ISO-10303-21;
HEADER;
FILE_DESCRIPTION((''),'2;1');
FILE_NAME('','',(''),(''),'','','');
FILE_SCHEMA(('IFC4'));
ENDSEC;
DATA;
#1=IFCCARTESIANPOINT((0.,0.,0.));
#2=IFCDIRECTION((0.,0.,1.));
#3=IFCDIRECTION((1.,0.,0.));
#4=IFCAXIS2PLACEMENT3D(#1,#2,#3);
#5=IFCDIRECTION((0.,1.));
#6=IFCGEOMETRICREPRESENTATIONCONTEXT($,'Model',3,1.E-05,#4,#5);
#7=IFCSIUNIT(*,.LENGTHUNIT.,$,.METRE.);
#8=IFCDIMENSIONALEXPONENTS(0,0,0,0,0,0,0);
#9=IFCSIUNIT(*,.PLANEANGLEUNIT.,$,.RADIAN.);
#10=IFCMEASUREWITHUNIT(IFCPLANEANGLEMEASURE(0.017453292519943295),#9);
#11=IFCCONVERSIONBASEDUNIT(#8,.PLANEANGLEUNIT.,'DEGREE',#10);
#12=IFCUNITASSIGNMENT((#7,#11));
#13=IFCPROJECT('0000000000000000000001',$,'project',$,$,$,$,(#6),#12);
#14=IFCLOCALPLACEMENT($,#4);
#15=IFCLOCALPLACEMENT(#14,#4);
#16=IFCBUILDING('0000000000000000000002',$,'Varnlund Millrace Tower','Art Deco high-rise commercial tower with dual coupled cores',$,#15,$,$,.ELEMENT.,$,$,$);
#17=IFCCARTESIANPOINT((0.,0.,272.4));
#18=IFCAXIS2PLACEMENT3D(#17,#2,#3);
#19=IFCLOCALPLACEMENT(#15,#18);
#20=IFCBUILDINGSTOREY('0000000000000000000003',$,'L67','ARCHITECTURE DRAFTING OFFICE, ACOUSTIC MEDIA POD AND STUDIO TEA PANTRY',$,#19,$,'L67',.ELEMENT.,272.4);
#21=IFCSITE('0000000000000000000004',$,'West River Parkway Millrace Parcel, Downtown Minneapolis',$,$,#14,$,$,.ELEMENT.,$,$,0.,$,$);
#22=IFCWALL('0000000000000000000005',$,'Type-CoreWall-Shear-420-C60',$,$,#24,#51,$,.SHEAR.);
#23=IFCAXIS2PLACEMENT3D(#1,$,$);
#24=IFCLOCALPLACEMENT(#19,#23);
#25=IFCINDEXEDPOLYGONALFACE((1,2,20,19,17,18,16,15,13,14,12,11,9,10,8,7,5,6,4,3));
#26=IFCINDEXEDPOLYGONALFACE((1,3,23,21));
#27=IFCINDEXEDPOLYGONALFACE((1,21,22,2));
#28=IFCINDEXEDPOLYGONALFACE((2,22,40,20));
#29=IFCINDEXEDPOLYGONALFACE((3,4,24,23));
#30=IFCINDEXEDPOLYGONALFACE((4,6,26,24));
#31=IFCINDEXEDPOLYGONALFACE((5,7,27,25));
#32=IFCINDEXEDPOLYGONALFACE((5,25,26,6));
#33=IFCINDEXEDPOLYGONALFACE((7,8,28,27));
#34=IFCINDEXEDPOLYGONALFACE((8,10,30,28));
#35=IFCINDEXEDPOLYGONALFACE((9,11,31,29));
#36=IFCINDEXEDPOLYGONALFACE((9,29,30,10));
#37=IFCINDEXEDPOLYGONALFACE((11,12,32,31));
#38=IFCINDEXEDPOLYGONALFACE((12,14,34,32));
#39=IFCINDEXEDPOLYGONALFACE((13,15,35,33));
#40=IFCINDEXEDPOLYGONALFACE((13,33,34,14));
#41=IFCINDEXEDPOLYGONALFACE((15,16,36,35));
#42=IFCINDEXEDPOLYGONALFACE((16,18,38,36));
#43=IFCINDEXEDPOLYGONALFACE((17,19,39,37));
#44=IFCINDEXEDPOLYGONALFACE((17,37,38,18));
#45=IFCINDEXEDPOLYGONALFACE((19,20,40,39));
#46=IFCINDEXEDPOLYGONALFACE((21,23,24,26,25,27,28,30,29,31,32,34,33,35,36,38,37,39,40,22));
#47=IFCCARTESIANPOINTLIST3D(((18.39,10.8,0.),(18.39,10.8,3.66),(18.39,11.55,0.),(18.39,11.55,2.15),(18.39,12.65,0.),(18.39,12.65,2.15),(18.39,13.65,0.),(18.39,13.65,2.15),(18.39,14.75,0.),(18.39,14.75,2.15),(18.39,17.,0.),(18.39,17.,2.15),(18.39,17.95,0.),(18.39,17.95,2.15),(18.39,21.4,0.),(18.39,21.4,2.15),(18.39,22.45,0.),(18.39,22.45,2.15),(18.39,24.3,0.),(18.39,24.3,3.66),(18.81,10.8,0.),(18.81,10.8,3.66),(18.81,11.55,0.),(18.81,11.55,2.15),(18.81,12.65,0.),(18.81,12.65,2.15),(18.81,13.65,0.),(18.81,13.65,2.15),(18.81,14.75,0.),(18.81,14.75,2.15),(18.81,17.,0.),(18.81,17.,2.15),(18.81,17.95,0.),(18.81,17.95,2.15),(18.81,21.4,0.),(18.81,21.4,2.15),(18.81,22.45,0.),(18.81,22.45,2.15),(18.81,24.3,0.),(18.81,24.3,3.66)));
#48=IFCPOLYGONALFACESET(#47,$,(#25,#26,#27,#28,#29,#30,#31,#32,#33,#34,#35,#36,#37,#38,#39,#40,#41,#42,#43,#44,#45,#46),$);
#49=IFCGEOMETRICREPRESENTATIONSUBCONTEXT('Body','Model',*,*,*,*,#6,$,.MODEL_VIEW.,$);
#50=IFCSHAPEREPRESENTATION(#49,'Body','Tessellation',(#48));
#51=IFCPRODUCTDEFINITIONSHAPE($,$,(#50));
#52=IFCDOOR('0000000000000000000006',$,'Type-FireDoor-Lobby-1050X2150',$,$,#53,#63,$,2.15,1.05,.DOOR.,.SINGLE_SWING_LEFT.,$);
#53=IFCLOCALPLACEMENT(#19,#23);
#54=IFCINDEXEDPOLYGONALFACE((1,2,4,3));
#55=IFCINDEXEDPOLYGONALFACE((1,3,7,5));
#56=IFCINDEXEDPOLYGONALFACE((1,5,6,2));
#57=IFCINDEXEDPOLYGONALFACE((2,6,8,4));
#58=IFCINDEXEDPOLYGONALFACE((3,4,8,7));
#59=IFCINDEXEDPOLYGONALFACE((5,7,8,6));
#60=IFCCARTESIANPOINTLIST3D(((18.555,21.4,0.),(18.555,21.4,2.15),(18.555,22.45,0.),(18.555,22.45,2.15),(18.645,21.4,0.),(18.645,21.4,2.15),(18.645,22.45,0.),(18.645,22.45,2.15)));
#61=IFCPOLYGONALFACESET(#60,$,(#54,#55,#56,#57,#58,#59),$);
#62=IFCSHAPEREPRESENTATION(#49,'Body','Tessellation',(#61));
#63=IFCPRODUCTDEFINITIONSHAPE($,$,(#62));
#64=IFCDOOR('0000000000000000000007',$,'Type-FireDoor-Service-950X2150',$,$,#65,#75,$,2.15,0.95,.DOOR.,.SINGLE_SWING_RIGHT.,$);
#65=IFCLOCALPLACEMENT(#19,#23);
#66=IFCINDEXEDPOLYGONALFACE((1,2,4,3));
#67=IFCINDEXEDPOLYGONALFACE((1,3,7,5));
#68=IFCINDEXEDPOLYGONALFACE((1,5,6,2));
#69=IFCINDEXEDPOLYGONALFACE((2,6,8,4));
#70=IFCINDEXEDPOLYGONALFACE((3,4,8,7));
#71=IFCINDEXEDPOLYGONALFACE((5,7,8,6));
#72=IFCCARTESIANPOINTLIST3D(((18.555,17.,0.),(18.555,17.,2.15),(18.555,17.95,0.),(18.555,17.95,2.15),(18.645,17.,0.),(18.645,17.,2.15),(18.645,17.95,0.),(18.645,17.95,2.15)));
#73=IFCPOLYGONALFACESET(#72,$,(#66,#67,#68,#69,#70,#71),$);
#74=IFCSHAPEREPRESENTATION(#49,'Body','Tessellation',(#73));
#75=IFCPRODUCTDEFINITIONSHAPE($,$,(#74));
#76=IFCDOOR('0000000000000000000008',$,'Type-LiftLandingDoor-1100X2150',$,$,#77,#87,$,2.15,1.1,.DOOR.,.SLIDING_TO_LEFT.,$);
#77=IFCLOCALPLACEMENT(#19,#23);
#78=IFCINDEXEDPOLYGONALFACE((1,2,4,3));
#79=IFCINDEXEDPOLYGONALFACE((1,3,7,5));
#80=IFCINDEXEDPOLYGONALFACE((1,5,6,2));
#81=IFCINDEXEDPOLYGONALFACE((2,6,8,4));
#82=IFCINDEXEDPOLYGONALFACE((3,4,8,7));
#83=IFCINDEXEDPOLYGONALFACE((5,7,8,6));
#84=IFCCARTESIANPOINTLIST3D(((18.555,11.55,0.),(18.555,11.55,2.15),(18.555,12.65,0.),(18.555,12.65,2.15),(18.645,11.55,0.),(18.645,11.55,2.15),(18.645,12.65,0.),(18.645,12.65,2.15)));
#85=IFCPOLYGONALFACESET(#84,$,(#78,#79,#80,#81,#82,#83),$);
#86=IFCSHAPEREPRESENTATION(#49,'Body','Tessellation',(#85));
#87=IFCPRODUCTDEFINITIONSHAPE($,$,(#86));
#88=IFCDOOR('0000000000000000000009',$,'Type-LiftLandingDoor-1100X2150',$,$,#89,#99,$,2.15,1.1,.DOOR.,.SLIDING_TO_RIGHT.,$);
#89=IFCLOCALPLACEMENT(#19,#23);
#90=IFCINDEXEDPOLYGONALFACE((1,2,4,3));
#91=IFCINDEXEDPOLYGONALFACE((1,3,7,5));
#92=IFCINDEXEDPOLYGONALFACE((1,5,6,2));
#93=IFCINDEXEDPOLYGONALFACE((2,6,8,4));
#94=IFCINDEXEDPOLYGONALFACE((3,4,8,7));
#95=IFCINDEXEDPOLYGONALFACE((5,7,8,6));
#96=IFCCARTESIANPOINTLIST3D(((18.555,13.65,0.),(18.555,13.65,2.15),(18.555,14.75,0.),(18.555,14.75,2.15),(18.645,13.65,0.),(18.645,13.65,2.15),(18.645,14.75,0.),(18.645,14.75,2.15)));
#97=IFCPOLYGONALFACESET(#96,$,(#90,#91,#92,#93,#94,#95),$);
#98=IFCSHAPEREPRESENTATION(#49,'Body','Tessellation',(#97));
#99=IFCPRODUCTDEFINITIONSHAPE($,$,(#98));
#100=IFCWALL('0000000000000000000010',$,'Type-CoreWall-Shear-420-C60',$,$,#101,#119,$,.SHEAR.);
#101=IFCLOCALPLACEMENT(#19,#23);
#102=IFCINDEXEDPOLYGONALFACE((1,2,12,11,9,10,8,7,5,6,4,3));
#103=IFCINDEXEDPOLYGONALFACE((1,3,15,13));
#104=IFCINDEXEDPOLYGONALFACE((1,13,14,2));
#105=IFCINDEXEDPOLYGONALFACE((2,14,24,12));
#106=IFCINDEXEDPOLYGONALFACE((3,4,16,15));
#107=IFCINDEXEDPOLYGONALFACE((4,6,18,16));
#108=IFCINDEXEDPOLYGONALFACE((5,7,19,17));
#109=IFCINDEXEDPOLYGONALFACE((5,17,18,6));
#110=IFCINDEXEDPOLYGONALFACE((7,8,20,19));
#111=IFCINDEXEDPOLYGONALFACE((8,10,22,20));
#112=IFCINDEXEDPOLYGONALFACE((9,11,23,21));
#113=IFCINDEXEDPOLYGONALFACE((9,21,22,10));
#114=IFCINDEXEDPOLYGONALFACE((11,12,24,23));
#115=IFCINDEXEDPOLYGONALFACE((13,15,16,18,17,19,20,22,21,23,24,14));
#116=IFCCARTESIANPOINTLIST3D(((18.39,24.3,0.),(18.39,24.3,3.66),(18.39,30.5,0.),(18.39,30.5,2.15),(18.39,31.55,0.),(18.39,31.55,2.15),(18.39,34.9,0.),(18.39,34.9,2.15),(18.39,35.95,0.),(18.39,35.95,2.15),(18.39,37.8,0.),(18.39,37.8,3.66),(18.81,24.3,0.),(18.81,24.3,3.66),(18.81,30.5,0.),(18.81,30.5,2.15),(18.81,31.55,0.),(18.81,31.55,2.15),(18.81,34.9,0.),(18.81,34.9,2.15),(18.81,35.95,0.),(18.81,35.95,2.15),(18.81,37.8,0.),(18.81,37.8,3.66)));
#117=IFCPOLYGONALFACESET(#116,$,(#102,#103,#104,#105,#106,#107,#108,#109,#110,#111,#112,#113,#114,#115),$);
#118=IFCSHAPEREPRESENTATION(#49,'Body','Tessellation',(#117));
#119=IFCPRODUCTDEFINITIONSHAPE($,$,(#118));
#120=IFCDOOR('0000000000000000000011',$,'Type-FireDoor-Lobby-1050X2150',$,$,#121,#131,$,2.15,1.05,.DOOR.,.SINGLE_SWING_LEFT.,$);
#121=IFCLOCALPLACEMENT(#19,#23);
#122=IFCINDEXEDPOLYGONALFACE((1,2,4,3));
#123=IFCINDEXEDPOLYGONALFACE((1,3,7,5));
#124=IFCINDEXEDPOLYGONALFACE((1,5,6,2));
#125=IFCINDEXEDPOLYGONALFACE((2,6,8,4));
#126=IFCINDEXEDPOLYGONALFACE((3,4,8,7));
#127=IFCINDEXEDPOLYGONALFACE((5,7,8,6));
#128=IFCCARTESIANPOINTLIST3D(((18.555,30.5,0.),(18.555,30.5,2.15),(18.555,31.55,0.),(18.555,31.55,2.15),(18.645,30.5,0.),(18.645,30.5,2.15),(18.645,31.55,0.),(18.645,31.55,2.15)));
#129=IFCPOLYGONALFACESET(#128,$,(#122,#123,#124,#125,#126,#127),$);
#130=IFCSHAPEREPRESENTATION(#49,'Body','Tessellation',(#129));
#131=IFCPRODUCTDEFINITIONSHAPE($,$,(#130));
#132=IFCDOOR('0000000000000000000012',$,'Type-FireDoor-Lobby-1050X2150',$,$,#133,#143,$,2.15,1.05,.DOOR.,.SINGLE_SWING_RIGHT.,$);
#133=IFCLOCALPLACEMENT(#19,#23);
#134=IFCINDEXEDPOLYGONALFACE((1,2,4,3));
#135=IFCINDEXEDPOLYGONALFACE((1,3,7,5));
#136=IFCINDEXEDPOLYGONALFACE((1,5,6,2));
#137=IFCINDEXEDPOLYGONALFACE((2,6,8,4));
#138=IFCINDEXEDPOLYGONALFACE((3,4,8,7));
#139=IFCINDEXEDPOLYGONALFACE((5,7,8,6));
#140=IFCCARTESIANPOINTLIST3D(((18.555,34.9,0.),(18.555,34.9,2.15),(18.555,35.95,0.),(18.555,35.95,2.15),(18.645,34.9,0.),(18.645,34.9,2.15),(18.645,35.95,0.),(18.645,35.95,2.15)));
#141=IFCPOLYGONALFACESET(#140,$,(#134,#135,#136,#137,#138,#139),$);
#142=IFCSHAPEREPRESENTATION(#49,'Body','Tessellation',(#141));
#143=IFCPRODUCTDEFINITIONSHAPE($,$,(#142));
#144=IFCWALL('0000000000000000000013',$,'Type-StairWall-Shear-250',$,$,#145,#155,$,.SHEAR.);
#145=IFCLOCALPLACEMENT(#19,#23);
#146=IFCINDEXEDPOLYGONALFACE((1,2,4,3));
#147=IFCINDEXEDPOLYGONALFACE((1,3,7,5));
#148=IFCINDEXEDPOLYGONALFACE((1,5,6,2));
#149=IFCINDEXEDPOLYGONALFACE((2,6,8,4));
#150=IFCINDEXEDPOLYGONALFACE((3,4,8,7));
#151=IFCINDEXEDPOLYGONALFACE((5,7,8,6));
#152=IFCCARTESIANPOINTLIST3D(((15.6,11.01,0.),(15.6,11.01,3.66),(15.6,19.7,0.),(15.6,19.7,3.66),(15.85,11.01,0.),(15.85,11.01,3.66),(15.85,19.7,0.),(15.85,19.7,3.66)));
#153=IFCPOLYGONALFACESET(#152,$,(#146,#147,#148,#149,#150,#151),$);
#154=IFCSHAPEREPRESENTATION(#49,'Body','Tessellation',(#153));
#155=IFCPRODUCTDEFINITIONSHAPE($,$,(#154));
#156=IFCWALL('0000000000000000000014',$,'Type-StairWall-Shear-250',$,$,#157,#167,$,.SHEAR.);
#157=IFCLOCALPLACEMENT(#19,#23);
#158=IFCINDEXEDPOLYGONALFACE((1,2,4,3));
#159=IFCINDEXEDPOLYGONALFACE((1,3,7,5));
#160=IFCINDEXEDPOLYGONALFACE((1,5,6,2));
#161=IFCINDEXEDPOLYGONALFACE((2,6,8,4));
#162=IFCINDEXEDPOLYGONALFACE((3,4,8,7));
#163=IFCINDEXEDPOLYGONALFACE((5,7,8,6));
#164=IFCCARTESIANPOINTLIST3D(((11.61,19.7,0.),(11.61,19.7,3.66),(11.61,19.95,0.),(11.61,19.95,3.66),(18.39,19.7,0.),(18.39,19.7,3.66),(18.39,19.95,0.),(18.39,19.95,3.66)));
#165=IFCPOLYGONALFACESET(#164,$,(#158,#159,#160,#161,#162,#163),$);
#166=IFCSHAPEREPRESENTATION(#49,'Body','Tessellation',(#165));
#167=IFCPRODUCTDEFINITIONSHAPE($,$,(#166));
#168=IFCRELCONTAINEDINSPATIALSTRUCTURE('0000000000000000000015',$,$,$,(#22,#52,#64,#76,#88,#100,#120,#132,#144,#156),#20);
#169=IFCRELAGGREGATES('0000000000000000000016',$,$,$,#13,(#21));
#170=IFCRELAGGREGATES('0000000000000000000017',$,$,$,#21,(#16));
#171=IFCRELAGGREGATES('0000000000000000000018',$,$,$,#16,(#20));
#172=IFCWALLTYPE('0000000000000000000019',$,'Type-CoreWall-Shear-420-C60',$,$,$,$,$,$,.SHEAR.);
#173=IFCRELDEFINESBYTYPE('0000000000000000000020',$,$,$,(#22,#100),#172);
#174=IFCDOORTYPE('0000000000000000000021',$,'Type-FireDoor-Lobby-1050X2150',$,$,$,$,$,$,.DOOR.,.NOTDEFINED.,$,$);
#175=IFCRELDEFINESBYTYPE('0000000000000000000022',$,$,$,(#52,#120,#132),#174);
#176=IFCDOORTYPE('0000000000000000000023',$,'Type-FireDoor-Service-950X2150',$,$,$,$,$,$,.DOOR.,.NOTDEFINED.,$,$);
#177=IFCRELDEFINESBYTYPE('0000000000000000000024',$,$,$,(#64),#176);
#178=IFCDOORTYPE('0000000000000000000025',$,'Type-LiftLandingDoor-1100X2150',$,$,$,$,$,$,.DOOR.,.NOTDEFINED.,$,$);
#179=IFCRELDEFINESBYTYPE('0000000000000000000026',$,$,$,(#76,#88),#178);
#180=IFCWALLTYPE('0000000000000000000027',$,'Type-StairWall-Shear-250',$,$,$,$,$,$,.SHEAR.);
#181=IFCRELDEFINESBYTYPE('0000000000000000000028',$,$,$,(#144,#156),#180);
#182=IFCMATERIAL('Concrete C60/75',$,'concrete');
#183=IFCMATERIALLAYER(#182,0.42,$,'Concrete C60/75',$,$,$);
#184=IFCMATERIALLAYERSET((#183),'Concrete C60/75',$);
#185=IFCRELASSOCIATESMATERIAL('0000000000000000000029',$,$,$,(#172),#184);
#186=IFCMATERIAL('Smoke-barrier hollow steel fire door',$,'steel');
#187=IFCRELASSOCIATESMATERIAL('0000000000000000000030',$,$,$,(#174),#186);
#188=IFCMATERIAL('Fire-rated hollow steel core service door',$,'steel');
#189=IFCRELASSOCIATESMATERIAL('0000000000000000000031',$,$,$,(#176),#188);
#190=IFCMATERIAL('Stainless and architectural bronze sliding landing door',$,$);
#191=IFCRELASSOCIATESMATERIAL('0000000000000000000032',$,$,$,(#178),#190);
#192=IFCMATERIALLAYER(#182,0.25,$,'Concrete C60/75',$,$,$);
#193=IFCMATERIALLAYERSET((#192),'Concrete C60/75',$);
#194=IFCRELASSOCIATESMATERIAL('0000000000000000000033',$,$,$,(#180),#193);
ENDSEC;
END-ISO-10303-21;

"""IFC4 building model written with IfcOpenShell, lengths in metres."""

from ifc_helpers import new_model, entity, si_unit, converted_unit, direction, frame, origin_with_axes, origin_2d_with_axis, place, context, subcontext, project, spatial, polyline, rectangle, outline, extrude, material, layer, layer_set, type_object, element, fill, save


model = new_model("IFC4")

# Units and contexts
model_context = context("Model", 3, precision=1e-05, world=origin_with_axes(), true_north=direction((0.0, 1.0)))
body_context = subcontext(model_context, "Body", "Model", "MODEL_VIEW")
ifc_project = project(units=[si_unit("LENGTHUNIT", "METRE"), converted_unit("PLANEANGLEUNIT", "DEGREE", entity("IfcPlaneAngleMeasure", 0.017453292519943295), si_unit("PLANEANGLEUNIT", "RADIAN"), dimensions=[0, 0, 0, 0, 0, 0, 0])], contexts=[model_context])

# Site, building, storey
site_placement = place(None, origin_with_axes())
site = spatial("IfcSite", under=ifc_project, at=site_placement, Name="West River Parkway Millrace Parcel, Downtown Minneapolis", CompositionType="ELEMENT", RefElevation=0.0)
building_placement = place(site_placement, origin_with_axes())
building = spatial("IfcBuilding", under=site, at=building_placement, Name="Varnlund Millrace Tower", Description="Art Deco high-rise commercial tower with dual coupled cores", CompositionType="ELEMENT")
storey_placement = place(building_placement, frame((0.0, 0.0, 272.4), z_axis=(0.0, 0.0, 1.0), x_axis=(1.0, 0.0, 0.0)))
storey = spatial("IfcBuildingStorey", under=building, at=storey_placement, Name="L67", Description="ARCHITECTURE DRAFTING OFFICE, ACOUSTIC MEDIA POD AND STUDIO TEA PANTRY", LongName="L67", CompositionType="ELEMENT", Elevation=272.4)

# Shared definitions
ifc_material_1 = material(Name="Concrete C60/75", Category="concrete")

# Shared definitions
ifc_layer_1 = layer(ifc_material_1, 0.42, Name="Concrete C60/75")
ifc_layer_set_1 = layer_set([ifc_layer_1], Name="Concrete C60/75")
wall_type_1 = type_object("IfcWallType", Name="Type-CoreWall-Shear-420-C60", PredefinedType="SHEAR", material=ifc_layer_set_1)

# Walls, openings, doors
wall_1_placement = place(storey_placement, frame((18.6, 10.8, 0.0), z_axis=(0.0, 0.0, 1.0), x_axis=(0.0, 1.0, 0.0)))
wall_1 = element("IfcWall", 1, at=wall_1_placement, inside=storey, type_object=wall_type_1, Name="Type-CoreWall-Shear-420-C60", PredefinedType="SHEAR", context=body_context, shape_type="SweptSolid", body=[
    extrude(outline(polyline([(0.0, -0.21), (13.5, -0.21), (13.5, 0.21), (0.0, 0.21), (0.0, -0.21)])), origin_with_axes(), (0.0, 0.0, 1.0), 3.66),
])
opening_1_placement = place(wall_1_placement, frame((1.3, 0.0, 0.0), z_axis=(0.0, 0.0, 1.0), x_axis=(1.0, 0.0, 0.0)))
opening_1 = element("IfcOpeningElement", 2, at=opening_1_placement, cuts=wall_1, PredefinedType="OPENING", context=body_context, shape_type="SweptSolid", body=[
    extrude(rectangle(XDim=1.1, YDim=0.44, at=origin_2d_with_axis()), origin_with_axes(), (0.0, 0.0, 1.0), 2.15),
])
opening_2_placement = place(wall_1_placement, frame((3.4, 0.0, 0.0), z_axis=(0.0, 0.0, 1.0), x_axis=(1.0, 0.0, 0.0)))
opening_2 = element("IfcOpeningElement", 3, at=opening_2_placement, cuts=wall_1, PredefinedType="OPENING", context=body_context, shape_type="SweptSolid", body=[
    extrude(rectangle(XDim=1.1, YDim=0.44, at=origin_2d_with_axis()), origin_with_axes(), (0.0, 0.0, 1.0), 2.15),
])
opening_3_placement = place(wall_1_placement, frame((11.125, 0.0, 0.0), z_axis=(0.0, 0.0, 1.0), x_axis=(1.0, 0.0, 0.0)))
opening_3 = element("IfcOpeningElement", 4, at=opening_3_placement, cuts=wall_1, PredefinedType="OPENING", context=body_context, shape_type="SweptSolid", body=[
    extrude(rectangle(XDim=1.05, YDim=0.44, at=origin_2d_with_axis()), origin_with_axes(), (0.0, 0.0, 1.0), 2.15),
])
opening_4_placement = place(wall_1_placement, frame((6.675, 0.0, 0.0), z_axis=(0.0, 0.0, 1.0), x_axis=(1.0, 0.0, 0.0)))
opening_4 = element("IfcOpeningElement", 5, at=opening_4_placement, cuts=wall_1, PredefinedType="OPENING", context=body_context, shape_type="SweptSolid", body=[
    extrude(rectangle(XDim=0.95, YDim=0.44, at=origin_2d_with_axis()), origin_with_axes(), (0.0, 0.0, 1.0), 2.15),
])
ifc_material_2 = material(Name="Smoke-barrier hollow steel fire door", Category="steel")
door_type_1 = type_object("IfcDoorType", Name="Type-FireDoor-Lobby-1050X2150", OperationType="NOTDEFINED", PredefinedType="DOOR", material=ifc_material_2)
door_1_placement = place(wall_1_placement, frame((11.125, 0.0, 0.0), z_axis=(0.0, 0.0, 1.0), x_axis=(1.0, 0.0, 0.0)))
door_1 = element("IfcDoor", 6, at=door_1_placement, inside=storey, type_object=door_type_1, Name="Type-FireDoor-Lobby-1050X2150", OperationType="SINGLE_SWING_LEFT", OverallHeight=2.15, OverallWidth=1.05, PredefinedType="DOOR", context=body_context, shape_type="SweptSolid", body=[
    extrude(rectangle(XDim=1.05, YDim=0.09, at=origin_2d_with_axis()), origin_with_axes(), (0.0, 0.0, 1.0), 2.15),
])
fill(opening_3, door_1)
ifc_material_3 = material(Name="Fire-rated hollow steel core service door", Category="steel")
door_type_2 = type_object("IfcDoorType", Name="Type-FireDoor-Service-950X2150", OperationType="NOTDEFINED", PredefinedType="DOOR", material=ifc_material_3)
door_2_placement = place(wall_1_placement, frame((6.675, 0.0, 0.0), z_axis=(0.0, 0.0, 1.0), x_axis=(1.0, 0.0, 0.0)))
door_2 = element("IfcDoor", 7, at=door_2_placement, inside=storey, type_object=door_type_2, Name="Type-FireDoor-Service-950X2150", OperationType="SINGLE_SWING_RIGHT", OverallHeight=2.15, OverallWidth=0.95, PredefinedType="DOOR", context=body_context, shape_type="SweptSolid", body=[
    extrude(rectangle(XDim=0.95, YDim=0.09, at=origin_2d_with_axis()), origin_with_axes(), (0.0, 0.0, 1.0), 2.15),
])
fill(opening_4, door_2)
ifc_material_4 = material(Name="Stainless and architectural bronze sliding landing door")
door_type_3 = type_object("IfcDoorType", Name="Type-LiftLandingDoor-1100X2150", OperationType="NOTDEFINED", PredefinedType="DOOR", material=ifc_material_4)
door_3_placement = place(wall_1_placement, frame((1.3, 0.0, 0.0), z_axis=(0.0, 0.0, 1.0), x_axis=(1.0, 0.0, 0.0)))
door_3 = element("IfcDoor", 8, at=door_3_placement, inside=storey, type_object=door_type_3, Name="Type-LiftLandingDoor-1100X2150", OperationType="SLIDING_TO_LEFT", OverallHeight=2.15, OverallWidth=1.1, PredefinedType="DOOR", context=body_context, shape_type="SweptSolid", body=[
    extrude(rectangle(XDim=1.1, YDim=0.09, at=origin_2d_with_axis()), origin_with_axes(), (0.0, 0.0, 1.0), 2.15),
])
fill(opening_1, door_3)
door_4_placement = place(wall_1_placement, frame((3.4, 0.0, 0.0), z_axis=(0.0, 0.0, 1.0), x_axis=(1.0, 0.0, 0.0)))
door_4 = element("IfcDoor", 9, at=door_4_placement, inside=storey, type_object=door_type_3, Name="Type-LiftLandingDoor-1100X2150", OperationType="SLIDING_TO_RIGHT", OverallHeight=2.15, OverallWidth=1.1, PredefinedType="DOOR", context=body_context, shape_type="SweptSolid", body=[
    extrude(rectangle(XDim=1.1, YDim=0.09, at=origin_2d_with_axis()), origin_with_axes(), (0.0, 0.0, 1.0), 2.15),
])
fill(opening_2, door_4)
wall_2_placement = place(storey_placement, frame((18.6, 24.3, 0.0), z_axis=(0.0, 0.0, 1.0), x_axis=(0.0, 1.0, 0.0)))
wall_2 = element("IfcWall", 10, at=wall_2_placement, inside=storey, type_object=wall_type_1, Name="Type-CoreWall-Shear-420-C60", PredefinedType="SHEAR", context=body_context, shape_type="SweptSolid", body=[
    extrude(outline(polyline([(0.0, -0.21), (13.5, -0.21), (13.5, 0.21), (0.0, 0.21), (0.0, -0.21)])), origin_with_axes(), (0.0, 0.0, 1.0), 3.66),
])
opening_5_placement = place(wall_2_placement, frame((6.725, 0.0, 0.0), z_axis=(0.0, 0.0, 1.0), x_axis=(1.0, 0.0, 0.0)))
opening_5 = element("IfcOpeningElement", 11, at=opening_5_placement, cuts=wall_2, PredefinedType="OPENING", context=body_context, shape_type="SweptSolid", body=[
    extrude(rectangle(XDim=1.05, YDim=0.44, at=origin_2d_with_axis()), origin_with_axes(), (0.0, 0.0, 1.0), 2.15),
])
opening_6_placement = place(wall_2_placement, frame((11.125, 0.0, 0.0), z_axis=(0.0, 0.0, 1.0), x_axis=(1.0, 0.0, 0.0)))
opening_6 = element("IfcOpeningElement", 12, at=opening_6_placement, cuts=wall_2, PredefinedType="OPENING", context=body_context, shape_type="SweptSolid", body=[
    extrude(rectangle(XDim=1.05, YDim=0.44, at=origin_2d_with_axis()), origin_with_axes(), (0.0, 0.0, 1.0), 2.15),
])
door_5_placement = place(wall_2_placement, frame((6.725, 0.0, 0.0), z_axis=(0.0, 0.0, 1.0), x_axis=(1.0, 0.0, 0.0)))
door_5 = element("IfcDoor", 13, at=door_5_placement, inside=storey, type_object=door_type_1, Name="Type-FireDoor-Lobby-1050X2150", OperationType="SINGLE_SWING_LEFT", OverallHeight=2.15, OverallWidth=1.05, PredefinedType="DOOR", context=body_context, shape_type="SweptSolid", body=[
    extrude(rectangle(XDim=1.05, YDim=0.09, at=origin_2d_with_axis()), origin_with_axes(), (0.0, 0.0, 1.0), 2.15),
])
fill(opening_5, door_5)
door_6_placement = place(wall_2_placement, frame((11.125, 0.0, 0.0), z_axis=(0.0, 0.0, 1.0), x_axis=(1.0, 0.0, 0.0)))
door_6 = element("IfcDoor", 14, at=door_6_placement, inside=storey, type_object=door_type_1, Name="Type-FireDoor-Lobby-1050X2150", OperationType="SINGLE_SWING_RIGHT", OverallHeight=2.15, OverallWidth=1.05, PredefinedType="DOOR", context=body_context, shape_type="SweptSolid", body=[
    extrude(rectangle(XDim=1.05, YDim=0.09, at=origin_2d_with_axis()), origin_with_axes(), (0.0, 0.0, 1.0), 2.15),
])
fill(opening_6, door_6)

# Walls
ifc_layer_2 = layer(ifc_material_1, 0.25, Name="Concrete C60/75")
ifc_layer_set_2 = layer_set([ifc_layer_2], Name="Concrete C60/75")
wall_type_2 = type_object("IfcWallType", Name="Type-StairWall-Shear-250", PredefinedType="SHEAR", material=ifc_layer_set_2)
wall_3_placement = place(storey_placement, frame((15.725, 11.01, 0.0), z_axis=(0.0, 0.0, 1.0), x_axis=(0.0, 1.0, 0.0)))
element("IfcWall", 15, at=wall_3_placement, inside=storey, type_object=wall_type_2, Name="Type-StairWall-Shear-250", PredefinedType="SHEAR", context=body_context, shape_type="SweptSolid", body=[
    extrude(outline(polyline([(0.0, -0.125), (8.69, -0.125), (8.69, 0.125), (0.0, 0.125), (0.0, -0.125)])), origin_with_axes(), (0.0, 0.0, 1.0), 3.66),
])
wall_4_placement = place(storey_placement, frame((11.61, 19.825, 0.0), z_axis=(0.0, 0.0, 1.0), x_axis=(1.0, 0.0, 0.0)))
element("IfcWall", 16, at=wall_4_placement, inside=storey, type_object=wall_type_2, Name="Type-StairWall-Shear-250", PredefinedType="SHEAR", context=body_context, shape_type="SweptSolid", body=[
    extrude(outline(polyline([(0.0, -0.125), (6.78, -0.125), (6.78, 0.125), (0.0, 0.125), (0.0, -0.125)])), origin_with_axes(), (0.0, 0.0, 1.0), 3.66),
])

save(model, "model.ifc")
